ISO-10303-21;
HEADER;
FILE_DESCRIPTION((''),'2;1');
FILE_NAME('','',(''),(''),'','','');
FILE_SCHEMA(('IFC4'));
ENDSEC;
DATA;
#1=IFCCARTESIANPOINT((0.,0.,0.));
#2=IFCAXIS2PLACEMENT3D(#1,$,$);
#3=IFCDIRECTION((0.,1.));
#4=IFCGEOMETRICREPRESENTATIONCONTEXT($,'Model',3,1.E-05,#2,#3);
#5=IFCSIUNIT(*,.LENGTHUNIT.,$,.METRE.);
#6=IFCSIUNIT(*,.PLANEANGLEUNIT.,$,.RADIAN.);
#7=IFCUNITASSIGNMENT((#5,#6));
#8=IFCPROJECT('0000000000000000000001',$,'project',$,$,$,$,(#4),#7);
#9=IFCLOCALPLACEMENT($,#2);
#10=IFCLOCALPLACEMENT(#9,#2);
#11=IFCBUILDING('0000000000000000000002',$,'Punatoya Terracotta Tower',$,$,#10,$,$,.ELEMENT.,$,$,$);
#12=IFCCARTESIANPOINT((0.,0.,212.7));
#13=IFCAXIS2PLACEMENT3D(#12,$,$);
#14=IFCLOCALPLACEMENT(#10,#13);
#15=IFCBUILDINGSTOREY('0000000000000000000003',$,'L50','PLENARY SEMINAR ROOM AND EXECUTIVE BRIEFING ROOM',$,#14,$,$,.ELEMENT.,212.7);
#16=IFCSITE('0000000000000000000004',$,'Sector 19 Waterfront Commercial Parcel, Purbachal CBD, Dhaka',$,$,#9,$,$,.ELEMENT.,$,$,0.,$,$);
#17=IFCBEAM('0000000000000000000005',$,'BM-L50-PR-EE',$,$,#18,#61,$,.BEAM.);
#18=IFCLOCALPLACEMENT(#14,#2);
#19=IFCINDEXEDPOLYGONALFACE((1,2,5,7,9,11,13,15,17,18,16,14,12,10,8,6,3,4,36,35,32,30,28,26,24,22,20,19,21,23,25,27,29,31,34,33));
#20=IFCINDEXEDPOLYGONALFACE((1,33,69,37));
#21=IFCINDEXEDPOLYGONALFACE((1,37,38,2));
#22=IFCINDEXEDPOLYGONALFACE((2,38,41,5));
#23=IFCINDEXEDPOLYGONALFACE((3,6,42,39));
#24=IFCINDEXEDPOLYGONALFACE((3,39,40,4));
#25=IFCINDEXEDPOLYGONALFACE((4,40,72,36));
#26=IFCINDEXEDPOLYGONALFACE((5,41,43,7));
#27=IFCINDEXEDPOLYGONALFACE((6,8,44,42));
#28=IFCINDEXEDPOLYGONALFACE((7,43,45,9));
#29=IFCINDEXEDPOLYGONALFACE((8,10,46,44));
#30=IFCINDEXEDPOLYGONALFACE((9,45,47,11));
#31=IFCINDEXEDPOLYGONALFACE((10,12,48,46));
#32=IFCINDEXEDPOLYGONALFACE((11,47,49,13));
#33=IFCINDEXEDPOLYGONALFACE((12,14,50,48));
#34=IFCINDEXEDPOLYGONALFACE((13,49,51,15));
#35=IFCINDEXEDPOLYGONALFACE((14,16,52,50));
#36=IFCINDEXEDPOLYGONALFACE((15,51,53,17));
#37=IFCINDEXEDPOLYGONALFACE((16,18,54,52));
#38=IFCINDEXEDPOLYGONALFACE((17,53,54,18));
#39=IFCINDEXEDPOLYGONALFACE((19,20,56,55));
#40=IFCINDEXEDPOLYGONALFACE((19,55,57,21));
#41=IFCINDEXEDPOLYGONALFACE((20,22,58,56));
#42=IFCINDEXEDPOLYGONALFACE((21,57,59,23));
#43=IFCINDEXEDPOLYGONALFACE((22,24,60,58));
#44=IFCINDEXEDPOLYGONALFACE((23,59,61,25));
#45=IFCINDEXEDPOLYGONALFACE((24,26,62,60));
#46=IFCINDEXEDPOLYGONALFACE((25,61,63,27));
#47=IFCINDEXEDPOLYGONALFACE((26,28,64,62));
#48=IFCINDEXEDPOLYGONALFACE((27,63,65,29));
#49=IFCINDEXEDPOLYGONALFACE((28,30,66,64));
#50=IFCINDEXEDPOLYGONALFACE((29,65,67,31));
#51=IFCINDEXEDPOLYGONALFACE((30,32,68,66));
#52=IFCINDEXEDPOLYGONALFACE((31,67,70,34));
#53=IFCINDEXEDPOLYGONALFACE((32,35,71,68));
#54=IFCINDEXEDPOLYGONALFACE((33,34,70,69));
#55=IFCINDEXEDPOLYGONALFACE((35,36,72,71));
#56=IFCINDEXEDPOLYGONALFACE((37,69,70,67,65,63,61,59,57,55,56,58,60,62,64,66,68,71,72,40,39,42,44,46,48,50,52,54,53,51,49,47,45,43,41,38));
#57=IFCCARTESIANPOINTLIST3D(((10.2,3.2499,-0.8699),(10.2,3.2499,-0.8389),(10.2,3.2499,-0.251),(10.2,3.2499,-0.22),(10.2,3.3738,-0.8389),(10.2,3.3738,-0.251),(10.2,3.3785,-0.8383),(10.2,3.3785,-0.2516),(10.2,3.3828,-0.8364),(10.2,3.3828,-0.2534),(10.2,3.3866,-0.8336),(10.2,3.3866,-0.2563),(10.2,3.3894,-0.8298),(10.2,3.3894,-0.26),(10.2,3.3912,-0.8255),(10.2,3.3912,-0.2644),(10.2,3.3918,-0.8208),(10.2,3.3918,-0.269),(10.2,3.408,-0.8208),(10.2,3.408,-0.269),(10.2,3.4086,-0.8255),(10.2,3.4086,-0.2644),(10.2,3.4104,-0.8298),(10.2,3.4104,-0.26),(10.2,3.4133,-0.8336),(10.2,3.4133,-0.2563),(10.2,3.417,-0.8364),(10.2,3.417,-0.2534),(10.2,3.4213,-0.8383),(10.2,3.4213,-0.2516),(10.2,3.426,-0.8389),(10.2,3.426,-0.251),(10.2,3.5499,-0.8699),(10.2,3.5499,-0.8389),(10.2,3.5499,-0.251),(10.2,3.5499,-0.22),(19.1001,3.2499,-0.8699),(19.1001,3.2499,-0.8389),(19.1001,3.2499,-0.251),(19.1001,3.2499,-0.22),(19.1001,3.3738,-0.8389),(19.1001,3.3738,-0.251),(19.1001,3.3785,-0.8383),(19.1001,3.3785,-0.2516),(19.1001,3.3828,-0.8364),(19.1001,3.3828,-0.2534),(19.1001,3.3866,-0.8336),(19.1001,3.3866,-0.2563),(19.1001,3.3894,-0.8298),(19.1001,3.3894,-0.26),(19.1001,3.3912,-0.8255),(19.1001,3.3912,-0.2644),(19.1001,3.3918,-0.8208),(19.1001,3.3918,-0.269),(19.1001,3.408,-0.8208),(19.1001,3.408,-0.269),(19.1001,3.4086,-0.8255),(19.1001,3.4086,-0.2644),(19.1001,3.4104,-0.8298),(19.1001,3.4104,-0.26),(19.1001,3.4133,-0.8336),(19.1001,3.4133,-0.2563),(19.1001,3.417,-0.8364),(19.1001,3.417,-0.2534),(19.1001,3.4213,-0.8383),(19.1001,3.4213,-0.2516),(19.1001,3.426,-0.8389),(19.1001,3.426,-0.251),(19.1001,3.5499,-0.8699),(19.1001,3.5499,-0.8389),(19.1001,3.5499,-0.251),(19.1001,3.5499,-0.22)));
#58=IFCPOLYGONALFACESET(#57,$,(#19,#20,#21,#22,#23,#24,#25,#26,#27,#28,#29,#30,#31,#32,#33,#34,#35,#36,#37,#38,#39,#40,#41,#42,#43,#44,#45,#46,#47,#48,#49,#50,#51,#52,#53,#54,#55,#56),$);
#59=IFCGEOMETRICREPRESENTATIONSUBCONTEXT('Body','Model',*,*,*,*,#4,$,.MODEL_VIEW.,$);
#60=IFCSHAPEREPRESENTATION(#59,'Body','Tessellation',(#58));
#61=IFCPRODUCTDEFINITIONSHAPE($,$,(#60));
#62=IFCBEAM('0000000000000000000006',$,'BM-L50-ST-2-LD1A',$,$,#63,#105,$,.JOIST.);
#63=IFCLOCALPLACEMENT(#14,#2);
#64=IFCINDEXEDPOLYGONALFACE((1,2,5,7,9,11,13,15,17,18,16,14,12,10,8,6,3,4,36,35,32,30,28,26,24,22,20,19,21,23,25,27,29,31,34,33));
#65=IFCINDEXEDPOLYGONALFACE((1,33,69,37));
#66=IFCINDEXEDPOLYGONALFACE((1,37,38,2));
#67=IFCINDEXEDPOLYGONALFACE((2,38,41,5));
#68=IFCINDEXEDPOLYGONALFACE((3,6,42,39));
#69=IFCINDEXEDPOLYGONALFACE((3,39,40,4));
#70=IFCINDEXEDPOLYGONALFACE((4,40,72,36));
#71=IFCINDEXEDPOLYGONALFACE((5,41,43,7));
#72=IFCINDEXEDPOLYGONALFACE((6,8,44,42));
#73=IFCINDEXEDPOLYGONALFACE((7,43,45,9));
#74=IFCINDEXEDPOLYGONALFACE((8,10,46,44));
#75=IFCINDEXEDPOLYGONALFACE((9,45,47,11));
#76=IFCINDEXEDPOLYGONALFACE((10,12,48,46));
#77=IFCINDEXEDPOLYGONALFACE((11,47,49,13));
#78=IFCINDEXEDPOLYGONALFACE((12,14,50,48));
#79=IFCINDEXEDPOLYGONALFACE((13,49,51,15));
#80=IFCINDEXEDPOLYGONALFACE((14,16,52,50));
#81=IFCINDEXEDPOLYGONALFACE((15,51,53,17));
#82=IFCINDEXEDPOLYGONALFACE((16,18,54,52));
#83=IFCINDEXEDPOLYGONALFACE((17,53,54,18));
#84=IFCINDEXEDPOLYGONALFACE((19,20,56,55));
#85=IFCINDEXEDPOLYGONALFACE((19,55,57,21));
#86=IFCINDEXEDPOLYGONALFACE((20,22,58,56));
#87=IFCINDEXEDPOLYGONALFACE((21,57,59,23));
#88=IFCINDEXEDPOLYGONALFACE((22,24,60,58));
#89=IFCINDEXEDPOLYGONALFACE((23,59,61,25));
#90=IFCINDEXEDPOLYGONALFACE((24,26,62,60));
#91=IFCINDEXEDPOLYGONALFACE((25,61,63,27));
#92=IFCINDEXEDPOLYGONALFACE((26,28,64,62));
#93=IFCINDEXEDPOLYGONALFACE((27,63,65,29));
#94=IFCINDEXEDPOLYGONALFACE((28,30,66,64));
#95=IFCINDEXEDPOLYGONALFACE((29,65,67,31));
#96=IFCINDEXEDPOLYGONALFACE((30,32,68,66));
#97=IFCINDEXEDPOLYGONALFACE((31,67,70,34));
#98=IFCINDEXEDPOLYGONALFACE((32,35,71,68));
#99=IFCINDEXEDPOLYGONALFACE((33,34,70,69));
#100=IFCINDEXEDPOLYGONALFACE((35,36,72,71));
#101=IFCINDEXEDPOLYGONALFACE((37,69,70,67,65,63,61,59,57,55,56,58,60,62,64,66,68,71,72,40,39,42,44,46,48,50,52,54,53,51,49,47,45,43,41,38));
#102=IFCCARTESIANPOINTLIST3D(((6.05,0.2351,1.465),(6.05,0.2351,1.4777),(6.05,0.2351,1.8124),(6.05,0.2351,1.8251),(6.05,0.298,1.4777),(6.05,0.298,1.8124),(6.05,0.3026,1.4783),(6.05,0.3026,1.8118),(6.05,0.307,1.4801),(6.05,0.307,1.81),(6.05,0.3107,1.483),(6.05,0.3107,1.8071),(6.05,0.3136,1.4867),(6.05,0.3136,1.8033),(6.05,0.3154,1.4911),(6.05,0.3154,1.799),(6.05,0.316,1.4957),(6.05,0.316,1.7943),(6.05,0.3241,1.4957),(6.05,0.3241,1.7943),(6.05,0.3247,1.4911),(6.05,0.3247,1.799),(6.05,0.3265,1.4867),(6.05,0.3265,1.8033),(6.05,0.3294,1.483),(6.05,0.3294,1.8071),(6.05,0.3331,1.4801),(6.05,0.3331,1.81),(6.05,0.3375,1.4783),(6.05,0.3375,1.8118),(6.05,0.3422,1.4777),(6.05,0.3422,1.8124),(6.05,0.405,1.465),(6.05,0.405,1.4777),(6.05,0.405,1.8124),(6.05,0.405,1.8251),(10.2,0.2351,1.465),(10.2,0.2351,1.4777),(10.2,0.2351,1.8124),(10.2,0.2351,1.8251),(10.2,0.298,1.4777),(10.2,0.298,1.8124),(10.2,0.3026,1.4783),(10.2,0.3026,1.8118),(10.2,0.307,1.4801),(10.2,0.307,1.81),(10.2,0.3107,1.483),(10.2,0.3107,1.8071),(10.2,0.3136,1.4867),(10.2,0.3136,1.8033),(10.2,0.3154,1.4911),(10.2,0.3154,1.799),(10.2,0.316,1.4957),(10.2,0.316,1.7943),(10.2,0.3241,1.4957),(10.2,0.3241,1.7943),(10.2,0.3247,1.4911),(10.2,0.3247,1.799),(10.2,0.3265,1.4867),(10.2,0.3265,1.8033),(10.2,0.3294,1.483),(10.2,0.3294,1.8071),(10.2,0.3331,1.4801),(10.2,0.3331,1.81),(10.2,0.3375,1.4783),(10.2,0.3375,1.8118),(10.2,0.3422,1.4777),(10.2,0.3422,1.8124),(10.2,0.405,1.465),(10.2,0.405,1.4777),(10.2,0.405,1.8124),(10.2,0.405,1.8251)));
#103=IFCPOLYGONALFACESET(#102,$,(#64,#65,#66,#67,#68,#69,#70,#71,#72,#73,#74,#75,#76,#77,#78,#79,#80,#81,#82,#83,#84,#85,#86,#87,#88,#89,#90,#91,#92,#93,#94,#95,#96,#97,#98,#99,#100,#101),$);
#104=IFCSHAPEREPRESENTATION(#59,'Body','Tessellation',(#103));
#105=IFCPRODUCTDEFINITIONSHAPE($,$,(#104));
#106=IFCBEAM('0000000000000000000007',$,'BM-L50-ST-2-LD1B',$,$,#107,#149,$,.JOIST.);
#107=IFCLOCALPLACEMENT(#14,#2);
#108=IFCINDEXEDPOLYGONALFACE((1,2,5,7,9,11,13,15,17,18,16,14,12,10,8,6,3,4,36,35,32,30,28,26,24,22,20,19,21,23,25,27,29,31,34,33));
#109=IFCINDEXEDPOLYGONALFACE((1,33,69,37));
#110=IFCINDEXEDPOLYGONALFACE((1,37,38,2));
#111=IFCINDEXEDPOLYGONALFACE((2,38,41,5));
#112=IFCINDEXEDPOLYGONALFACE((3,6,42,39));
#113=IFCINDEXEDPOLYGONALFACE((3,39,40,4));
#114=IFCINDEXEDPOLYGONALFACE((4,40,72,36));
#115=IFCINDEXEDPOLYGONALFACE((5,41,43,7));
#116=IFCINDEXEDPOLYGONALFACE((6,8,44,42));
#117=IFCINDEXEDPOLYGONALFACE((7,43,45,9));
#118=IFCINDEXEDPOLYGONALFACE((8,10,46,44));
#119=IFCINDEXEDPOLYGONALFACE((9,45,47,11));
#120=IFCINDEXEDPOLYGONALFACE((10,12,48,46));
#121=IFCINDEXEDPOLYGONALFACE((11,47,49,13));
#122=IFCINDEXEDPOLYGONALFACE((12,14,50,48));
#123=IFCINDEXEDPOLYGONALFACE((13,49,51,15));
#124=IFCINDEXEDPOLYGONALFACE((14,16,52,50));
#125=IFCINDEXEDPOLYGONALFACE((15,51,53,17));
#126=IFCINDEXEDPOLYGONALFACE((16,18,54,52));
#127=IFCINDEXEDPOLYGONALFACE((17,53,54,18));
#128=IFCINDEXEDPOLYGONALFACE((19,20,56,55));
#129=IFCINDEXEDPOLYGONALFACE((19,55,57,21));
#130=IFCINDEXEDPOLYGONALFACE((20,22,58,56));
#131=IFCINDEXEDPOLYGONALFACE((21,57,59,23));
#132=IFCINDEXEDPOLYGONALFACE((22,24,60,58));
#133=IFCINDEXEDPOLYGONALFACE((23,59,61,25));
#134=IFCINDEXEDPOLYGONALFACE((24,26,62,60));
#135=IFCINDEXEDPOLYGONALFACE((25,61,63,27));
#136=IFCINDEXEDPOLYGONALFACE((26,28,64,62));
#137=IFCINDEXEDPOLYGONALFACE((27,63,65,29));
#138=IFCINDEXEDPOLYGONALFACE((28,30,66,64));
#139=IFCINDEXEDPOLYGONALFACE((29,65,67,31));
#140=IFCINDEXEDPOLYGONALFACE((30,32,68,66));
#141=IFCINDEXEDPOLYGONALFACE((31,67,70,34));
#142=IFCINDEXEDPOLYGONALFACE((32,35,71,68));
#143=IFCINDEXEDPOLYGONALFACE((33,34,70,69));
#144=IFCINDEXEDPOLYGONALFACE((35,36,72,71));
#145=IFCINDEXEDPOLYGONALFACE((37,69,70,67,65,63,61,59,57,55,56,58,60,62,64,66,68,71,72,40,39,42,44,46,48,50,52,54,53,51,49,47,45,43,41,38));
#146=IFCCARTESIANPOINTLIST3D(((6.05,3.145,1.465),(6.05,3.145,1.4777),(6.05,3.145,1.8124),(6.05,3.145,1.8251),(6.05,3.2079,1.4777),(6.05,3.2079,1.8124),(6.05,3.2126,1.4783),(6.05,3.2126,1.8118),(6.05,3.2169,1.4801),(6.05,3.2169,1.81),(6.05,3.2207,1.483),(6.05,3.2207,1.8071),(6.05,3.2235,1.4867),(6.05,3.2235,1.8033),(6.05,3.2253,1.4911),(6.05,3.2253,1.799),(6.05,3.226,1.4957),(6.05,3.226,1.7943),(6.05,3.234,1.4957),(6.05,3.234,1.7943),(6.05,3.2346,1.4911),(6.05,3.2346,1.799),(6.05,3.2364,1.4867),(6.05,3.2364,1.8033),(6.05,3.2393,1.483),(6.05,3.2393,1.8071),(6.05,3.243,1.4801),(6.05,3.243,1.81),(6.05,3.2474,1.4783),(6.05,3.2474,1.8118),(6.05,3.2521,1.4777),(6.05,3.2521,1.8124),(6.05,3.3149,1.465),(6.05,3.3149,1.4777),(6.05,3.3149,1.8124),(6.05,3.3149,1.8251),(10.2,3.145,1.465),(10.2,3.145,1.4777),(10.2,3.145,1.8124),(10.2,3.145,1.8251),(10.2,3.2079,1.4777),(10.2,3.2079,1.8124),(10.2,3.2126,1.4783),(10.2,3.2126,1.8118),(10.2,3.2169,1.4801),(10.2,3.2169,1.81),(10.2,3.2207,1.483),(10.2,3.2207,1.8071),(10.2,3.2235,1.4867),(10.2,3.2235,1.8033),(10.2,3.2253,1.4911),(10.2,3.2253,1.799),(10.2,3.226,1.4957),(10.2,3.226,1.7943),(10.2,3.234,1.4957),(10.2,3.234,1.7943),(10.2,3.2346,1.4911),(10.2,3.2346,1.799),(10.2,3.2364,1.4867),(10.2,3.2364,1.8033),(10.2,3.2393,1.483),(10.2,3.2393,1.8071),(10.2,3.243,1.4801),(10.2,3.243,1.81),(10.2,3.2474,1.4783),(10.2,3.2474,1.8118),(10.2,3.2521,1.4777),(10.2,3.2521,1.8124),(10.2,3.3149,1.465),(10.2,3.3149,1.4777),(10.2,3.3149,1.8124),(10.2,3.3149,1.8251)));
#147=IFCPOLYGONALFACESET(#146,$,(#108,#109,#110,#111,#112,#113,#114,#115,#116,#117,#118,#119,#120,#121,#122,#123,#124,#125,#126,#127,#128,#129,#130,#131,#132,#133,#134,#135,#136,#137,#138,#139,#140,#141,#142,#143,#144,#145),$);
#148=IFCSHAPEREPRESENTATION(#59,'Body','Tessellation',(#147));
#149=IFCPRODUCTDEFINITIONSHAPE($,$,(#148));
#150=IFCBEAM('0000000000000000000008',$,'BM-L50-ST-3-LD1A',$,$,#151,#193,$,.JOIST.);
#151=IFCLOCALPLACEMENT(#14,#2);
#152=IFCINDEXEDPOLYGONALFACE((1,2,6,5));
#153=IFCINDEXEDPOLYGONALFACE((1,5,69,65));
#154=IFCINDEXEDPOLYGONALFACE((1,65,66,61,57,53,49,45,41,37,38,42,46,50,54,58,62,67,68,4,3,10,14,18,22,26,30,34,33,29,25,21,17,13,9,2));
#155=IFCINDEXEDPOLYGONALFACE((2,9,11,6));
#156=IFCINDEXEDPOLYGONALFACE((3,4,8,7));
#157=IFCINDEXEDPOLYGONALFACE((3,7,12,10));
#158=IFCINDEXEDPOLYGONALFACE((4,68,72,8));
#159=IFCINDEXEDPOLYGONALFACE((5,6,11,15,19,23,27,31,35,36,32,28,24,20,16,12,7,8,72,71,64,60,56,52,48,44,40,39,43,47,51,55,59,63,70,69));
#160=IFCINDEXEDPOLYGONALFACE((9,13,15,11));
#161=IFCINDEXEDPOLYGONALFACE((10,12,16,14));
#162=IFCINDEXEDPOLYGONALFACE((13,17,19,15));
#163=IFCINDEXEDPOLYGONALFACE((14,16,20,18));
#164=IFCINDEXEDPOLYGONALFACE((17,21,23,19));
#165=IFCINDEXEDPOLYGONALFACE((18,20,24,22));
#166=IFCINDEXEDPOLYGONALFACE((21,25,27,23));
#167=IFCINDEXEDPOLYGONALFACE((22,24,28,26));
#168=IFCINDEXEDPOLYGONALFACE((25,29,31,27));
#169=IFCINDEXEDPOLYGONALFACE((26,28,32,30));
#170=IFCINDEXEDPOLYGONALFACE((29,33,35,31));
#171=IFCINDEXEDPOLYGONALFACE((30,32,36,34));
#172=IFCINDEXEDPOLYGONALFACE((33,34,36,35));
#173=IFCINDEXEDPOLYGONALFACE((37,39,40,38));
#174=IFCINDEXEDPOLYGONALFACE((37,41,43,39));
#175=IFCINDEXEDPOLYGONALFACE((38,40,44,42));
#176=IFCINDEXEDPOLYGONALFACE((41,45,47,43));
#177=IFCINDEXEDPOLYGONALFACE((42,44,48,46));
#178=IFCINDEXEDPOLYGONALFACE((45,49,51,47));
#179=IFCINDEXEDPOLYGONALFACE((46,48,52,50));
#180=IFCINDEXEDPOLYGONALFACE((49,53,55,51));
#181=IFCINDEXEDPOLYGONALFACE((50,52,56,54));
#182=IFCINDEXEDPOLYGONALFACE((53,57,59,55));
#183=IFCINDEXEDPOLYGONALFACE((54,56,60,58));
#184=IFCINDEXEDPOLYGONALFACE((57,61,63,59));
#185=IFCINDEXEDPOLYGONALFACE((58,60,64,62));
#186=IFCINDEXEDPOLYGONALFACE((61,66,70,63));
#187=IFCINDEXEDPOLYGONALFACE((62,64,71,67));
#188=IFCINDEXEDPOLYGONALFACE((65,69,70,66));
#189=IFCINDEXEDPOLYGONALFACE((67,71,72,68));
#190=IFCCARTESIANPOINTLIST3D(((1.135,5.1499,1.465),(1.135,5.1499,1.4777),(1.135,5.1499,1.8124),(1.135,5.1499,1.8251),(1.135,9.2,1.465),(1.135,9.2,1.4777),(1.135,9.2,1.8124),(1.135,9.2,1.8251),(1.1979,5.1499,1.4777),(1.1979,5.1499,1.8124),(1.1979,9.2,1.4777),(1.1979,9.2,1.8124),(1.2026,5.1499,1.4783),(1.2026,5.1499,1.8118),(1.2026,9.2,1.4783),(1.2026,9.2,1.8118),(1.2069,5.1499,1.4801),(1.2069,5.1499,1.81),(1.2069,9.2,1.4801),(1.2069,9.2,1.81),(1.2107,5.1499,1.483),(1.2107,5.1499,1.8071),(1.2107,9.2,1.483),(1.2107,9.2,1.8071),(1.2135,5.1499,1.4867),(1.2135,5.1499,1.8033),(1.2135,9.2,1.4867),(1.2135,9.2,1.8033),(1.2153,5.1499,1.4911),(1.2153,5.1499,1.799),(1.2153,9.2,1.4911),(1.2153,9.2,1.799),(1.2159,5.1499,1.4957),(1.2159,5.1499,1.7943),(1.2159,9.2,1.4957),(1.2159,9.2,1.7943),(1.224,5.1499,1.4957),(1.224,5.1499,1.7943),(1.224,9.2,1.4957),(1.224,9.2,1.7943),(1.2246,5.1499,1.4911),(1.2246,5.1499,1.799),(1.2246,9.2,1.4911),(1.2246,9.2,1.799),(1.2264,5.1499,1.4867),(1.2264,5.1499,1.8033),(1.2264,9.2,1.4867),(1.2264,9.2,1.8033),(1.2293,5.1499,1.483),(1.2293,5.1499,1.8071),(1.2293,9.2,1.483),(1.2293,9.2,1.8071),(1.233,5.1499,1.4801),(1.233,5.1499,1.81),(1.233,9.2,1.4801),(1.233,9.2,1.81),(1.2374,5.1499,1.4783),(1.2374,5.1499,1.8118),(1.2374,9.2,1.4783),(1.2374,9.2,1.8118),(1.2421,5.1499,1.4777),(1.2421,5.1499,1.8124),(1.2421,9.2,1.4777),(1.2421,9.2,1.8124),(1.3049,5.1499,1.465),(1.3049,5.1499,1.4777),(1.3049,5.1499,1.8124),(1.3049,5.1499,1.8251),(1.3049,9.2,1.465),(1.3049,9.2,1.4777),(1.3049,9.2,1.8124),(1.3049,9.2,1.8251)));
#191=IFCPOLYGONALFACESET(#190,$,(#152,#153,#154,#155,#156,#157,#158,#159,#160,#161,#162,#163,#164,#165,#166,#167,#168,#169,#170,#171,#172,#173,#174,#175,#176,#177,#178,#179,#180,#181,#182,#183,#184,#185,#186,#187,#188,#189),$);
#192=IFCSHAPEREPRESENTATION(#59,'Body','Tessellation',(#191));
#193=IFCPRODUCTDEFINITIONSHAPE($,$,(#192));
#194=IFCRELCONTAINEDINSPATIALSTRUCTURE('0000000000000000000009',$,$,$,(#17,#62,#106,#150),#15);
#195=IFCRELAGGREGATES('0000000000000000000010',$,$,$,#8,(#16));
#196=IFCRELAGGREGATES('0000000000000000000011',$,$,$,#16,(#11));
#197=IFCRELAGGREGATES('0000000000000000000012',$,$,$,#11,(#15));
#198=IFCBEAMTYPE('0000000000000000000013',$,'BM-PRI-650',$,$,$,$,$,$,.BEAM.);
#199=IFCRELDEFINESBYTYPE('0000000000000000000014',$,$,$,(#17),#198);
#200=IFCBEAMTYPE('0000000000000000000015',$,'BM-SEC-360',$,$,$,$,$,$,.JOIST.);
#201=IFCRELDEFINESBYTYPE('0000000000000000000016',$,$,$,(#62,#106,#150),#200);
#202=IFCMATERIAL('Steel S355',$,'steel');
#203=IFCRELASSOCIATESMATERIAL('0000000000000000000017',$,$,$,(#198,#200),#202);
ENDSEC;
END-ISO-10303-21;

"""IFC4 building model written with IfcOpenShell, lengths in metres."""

from ifc_helpers import new_model, si_unit, direction, frame, origin, origin_2d, place, context, subcontext, project, spatial, i_section, extrude, material, material_profile, profile_set, type_object, element, save


model = new_model("IFC4")

# Units and contexts
model_context = context("Model", 3, precision=1e-05, world=origin(), true_north=direction((0.0, 1.0)))
body_context = subcontext(model_context, "Body", "Model", "MODEL_VIEW")
ifc_project = project(units=[si_unit("LENGTHUNIT", "METRE"), si_unit("PLANEANGLEUNIT", "RADIAN")], contexts=[model_context])

# Site, building, storey
site_placement = place(None, origin())
site = spatial("IfcSite", under=ifc_project, at=site_placement, Name="Sector 19 Waterfront Commercial Parcel, Purbachal CBD, Dhaka", CompositionType="ELEMENT", RefElevation=0.0)
building_placement = place(site_placement, origin())
building = spatial("IfcBuilding", under=site, at=building_placement, Name="Punatoya Terracotta Tower", CompositionType="ELEMENT")
storey_placement = place(building_placement, frame((0.0, 0.0, 212.7)))
storey = spatial("IfcBuildingStorey", under=building, at=storey_placement, Name="L50", Description="PLENARY SEMINAR ROOM AND EXECUTIVE BRIEFING ROOM", CompositionType="ELEMENT", Elevation=212.7)

# Beams
ifc_material_1 = material(Name="Steel S355", Category="steel")
ifc_material_profile_1 = material_profile(ifc_material_1, i_section(OverallWidth=0.3, OverallDepth=0.6499, WebThickness=0.0161, FlangeThickness=0.031, FilletRadius=0.0181, at=origin_2d()))
ifc_profile_set_1 = profile_set([ifc_material_profile_1], Name="Steel S355")
beam_type_1 = type_object("IfcBeamType", Name="BM-PRI-650", PredefinedType="BEAM", material=ifc_profile_set_1)
beam_placement = place(storey_placement, frame((10.2, 3.3999, -0.5449), z_axis=(1.0, 0.0, 0.0), x_axis=(0.0, 1.0, 0.0)))
element("IfcBeam", 1, at=beam_placement, inside=storey, type_object=beam_type_1, Name="BM-L50-PR-EE", PredefinedType="BEAM", context=body_context, shape_type="SweptSolid", body=[
    extrude(i_section(OverallWidth=0.3, OverallDepth=0.6499, WebThickness=0.0161, FlangeThickness=0.031, FilletRadius=0.0181, at=origin_2d()), origin(), (0.0, 0.0, 1.0), 8.9001),
])
ifc_material_profile_2 = material_profile(ifc_material_1, i_section(OverallWidth=0.1699, OverallDepth=0.3601, WebThickness=0.0081, FlangeThickness=0.0127, FilletRadius=0.0181, at=origin_2d()))
ifc_profile_set_2 = profile_set([ifc_material_profile_2], Name="Steel S355")
beam_type_2 = type_object("IfcBeamType", Name="BM-SEC-360", PredefinedType="JOIST", material=ifc_profile_set_2)
for number, where, z_axis, x_axis, name in (
    (2, (6.05, 0.3201, 1.645), (1.0, 0.0, 0.0), (0.0, 1.0, 0.0), "BM-L50-ST-2-LD1A"),
    (3, (6.05, 3.23, 1.645), (1.0, 0.0, 0.0), (0.0, 1.0, 0.0), "BM-L50-ST-2-LD1B"),
):
    element("IfcBeam", number, at=place(storey_placement, frame(where, z_axis=z_axis, x_axis=x_axis)), inside=storey, type_object=beam_type_2, Name=name, PredefinedType="JOIST", context=body_context, shape_type="SweptSolid", body=[
        extrude(i_section(OverallWidth=0.1699, OverallDepth=0.3601, WebThickness=0.0081, FlangeThickness=0.0127, FilletRadius=0.0181, at=origin_2d()), origin(), (0.0, 0.0, 1.0), 4.1499),
    ])
for number, where, z_axis, x_axis, name in (
    (4, (1.22, 5.1499, 1.645), (0.0, 1.0, 0.0), (-1.0, 0.0, 0.0), "BM-L50-ST-3-LD1A"),
):
    element("IfcBeam", number, at=place(storey_placement, frame(where, z_axis=z_axis, x_axis=x_axis)), inside=storey, type_object=beam_type_2, Name=name, PredefinedType="JOIST", context=body_context, shape_type="SweptSolid", body=[
        extrude(i_section(OverallWidth=0.1699, OverallDepth=0.3601, WebThickness=0.0081, FlangeThickness=0.0127, FilletRadius=0.0181, at=origin_2d()), origin(), (0.0, 0.0, 1.0), 4.05),
    ])

save(model, "model.ifc")
